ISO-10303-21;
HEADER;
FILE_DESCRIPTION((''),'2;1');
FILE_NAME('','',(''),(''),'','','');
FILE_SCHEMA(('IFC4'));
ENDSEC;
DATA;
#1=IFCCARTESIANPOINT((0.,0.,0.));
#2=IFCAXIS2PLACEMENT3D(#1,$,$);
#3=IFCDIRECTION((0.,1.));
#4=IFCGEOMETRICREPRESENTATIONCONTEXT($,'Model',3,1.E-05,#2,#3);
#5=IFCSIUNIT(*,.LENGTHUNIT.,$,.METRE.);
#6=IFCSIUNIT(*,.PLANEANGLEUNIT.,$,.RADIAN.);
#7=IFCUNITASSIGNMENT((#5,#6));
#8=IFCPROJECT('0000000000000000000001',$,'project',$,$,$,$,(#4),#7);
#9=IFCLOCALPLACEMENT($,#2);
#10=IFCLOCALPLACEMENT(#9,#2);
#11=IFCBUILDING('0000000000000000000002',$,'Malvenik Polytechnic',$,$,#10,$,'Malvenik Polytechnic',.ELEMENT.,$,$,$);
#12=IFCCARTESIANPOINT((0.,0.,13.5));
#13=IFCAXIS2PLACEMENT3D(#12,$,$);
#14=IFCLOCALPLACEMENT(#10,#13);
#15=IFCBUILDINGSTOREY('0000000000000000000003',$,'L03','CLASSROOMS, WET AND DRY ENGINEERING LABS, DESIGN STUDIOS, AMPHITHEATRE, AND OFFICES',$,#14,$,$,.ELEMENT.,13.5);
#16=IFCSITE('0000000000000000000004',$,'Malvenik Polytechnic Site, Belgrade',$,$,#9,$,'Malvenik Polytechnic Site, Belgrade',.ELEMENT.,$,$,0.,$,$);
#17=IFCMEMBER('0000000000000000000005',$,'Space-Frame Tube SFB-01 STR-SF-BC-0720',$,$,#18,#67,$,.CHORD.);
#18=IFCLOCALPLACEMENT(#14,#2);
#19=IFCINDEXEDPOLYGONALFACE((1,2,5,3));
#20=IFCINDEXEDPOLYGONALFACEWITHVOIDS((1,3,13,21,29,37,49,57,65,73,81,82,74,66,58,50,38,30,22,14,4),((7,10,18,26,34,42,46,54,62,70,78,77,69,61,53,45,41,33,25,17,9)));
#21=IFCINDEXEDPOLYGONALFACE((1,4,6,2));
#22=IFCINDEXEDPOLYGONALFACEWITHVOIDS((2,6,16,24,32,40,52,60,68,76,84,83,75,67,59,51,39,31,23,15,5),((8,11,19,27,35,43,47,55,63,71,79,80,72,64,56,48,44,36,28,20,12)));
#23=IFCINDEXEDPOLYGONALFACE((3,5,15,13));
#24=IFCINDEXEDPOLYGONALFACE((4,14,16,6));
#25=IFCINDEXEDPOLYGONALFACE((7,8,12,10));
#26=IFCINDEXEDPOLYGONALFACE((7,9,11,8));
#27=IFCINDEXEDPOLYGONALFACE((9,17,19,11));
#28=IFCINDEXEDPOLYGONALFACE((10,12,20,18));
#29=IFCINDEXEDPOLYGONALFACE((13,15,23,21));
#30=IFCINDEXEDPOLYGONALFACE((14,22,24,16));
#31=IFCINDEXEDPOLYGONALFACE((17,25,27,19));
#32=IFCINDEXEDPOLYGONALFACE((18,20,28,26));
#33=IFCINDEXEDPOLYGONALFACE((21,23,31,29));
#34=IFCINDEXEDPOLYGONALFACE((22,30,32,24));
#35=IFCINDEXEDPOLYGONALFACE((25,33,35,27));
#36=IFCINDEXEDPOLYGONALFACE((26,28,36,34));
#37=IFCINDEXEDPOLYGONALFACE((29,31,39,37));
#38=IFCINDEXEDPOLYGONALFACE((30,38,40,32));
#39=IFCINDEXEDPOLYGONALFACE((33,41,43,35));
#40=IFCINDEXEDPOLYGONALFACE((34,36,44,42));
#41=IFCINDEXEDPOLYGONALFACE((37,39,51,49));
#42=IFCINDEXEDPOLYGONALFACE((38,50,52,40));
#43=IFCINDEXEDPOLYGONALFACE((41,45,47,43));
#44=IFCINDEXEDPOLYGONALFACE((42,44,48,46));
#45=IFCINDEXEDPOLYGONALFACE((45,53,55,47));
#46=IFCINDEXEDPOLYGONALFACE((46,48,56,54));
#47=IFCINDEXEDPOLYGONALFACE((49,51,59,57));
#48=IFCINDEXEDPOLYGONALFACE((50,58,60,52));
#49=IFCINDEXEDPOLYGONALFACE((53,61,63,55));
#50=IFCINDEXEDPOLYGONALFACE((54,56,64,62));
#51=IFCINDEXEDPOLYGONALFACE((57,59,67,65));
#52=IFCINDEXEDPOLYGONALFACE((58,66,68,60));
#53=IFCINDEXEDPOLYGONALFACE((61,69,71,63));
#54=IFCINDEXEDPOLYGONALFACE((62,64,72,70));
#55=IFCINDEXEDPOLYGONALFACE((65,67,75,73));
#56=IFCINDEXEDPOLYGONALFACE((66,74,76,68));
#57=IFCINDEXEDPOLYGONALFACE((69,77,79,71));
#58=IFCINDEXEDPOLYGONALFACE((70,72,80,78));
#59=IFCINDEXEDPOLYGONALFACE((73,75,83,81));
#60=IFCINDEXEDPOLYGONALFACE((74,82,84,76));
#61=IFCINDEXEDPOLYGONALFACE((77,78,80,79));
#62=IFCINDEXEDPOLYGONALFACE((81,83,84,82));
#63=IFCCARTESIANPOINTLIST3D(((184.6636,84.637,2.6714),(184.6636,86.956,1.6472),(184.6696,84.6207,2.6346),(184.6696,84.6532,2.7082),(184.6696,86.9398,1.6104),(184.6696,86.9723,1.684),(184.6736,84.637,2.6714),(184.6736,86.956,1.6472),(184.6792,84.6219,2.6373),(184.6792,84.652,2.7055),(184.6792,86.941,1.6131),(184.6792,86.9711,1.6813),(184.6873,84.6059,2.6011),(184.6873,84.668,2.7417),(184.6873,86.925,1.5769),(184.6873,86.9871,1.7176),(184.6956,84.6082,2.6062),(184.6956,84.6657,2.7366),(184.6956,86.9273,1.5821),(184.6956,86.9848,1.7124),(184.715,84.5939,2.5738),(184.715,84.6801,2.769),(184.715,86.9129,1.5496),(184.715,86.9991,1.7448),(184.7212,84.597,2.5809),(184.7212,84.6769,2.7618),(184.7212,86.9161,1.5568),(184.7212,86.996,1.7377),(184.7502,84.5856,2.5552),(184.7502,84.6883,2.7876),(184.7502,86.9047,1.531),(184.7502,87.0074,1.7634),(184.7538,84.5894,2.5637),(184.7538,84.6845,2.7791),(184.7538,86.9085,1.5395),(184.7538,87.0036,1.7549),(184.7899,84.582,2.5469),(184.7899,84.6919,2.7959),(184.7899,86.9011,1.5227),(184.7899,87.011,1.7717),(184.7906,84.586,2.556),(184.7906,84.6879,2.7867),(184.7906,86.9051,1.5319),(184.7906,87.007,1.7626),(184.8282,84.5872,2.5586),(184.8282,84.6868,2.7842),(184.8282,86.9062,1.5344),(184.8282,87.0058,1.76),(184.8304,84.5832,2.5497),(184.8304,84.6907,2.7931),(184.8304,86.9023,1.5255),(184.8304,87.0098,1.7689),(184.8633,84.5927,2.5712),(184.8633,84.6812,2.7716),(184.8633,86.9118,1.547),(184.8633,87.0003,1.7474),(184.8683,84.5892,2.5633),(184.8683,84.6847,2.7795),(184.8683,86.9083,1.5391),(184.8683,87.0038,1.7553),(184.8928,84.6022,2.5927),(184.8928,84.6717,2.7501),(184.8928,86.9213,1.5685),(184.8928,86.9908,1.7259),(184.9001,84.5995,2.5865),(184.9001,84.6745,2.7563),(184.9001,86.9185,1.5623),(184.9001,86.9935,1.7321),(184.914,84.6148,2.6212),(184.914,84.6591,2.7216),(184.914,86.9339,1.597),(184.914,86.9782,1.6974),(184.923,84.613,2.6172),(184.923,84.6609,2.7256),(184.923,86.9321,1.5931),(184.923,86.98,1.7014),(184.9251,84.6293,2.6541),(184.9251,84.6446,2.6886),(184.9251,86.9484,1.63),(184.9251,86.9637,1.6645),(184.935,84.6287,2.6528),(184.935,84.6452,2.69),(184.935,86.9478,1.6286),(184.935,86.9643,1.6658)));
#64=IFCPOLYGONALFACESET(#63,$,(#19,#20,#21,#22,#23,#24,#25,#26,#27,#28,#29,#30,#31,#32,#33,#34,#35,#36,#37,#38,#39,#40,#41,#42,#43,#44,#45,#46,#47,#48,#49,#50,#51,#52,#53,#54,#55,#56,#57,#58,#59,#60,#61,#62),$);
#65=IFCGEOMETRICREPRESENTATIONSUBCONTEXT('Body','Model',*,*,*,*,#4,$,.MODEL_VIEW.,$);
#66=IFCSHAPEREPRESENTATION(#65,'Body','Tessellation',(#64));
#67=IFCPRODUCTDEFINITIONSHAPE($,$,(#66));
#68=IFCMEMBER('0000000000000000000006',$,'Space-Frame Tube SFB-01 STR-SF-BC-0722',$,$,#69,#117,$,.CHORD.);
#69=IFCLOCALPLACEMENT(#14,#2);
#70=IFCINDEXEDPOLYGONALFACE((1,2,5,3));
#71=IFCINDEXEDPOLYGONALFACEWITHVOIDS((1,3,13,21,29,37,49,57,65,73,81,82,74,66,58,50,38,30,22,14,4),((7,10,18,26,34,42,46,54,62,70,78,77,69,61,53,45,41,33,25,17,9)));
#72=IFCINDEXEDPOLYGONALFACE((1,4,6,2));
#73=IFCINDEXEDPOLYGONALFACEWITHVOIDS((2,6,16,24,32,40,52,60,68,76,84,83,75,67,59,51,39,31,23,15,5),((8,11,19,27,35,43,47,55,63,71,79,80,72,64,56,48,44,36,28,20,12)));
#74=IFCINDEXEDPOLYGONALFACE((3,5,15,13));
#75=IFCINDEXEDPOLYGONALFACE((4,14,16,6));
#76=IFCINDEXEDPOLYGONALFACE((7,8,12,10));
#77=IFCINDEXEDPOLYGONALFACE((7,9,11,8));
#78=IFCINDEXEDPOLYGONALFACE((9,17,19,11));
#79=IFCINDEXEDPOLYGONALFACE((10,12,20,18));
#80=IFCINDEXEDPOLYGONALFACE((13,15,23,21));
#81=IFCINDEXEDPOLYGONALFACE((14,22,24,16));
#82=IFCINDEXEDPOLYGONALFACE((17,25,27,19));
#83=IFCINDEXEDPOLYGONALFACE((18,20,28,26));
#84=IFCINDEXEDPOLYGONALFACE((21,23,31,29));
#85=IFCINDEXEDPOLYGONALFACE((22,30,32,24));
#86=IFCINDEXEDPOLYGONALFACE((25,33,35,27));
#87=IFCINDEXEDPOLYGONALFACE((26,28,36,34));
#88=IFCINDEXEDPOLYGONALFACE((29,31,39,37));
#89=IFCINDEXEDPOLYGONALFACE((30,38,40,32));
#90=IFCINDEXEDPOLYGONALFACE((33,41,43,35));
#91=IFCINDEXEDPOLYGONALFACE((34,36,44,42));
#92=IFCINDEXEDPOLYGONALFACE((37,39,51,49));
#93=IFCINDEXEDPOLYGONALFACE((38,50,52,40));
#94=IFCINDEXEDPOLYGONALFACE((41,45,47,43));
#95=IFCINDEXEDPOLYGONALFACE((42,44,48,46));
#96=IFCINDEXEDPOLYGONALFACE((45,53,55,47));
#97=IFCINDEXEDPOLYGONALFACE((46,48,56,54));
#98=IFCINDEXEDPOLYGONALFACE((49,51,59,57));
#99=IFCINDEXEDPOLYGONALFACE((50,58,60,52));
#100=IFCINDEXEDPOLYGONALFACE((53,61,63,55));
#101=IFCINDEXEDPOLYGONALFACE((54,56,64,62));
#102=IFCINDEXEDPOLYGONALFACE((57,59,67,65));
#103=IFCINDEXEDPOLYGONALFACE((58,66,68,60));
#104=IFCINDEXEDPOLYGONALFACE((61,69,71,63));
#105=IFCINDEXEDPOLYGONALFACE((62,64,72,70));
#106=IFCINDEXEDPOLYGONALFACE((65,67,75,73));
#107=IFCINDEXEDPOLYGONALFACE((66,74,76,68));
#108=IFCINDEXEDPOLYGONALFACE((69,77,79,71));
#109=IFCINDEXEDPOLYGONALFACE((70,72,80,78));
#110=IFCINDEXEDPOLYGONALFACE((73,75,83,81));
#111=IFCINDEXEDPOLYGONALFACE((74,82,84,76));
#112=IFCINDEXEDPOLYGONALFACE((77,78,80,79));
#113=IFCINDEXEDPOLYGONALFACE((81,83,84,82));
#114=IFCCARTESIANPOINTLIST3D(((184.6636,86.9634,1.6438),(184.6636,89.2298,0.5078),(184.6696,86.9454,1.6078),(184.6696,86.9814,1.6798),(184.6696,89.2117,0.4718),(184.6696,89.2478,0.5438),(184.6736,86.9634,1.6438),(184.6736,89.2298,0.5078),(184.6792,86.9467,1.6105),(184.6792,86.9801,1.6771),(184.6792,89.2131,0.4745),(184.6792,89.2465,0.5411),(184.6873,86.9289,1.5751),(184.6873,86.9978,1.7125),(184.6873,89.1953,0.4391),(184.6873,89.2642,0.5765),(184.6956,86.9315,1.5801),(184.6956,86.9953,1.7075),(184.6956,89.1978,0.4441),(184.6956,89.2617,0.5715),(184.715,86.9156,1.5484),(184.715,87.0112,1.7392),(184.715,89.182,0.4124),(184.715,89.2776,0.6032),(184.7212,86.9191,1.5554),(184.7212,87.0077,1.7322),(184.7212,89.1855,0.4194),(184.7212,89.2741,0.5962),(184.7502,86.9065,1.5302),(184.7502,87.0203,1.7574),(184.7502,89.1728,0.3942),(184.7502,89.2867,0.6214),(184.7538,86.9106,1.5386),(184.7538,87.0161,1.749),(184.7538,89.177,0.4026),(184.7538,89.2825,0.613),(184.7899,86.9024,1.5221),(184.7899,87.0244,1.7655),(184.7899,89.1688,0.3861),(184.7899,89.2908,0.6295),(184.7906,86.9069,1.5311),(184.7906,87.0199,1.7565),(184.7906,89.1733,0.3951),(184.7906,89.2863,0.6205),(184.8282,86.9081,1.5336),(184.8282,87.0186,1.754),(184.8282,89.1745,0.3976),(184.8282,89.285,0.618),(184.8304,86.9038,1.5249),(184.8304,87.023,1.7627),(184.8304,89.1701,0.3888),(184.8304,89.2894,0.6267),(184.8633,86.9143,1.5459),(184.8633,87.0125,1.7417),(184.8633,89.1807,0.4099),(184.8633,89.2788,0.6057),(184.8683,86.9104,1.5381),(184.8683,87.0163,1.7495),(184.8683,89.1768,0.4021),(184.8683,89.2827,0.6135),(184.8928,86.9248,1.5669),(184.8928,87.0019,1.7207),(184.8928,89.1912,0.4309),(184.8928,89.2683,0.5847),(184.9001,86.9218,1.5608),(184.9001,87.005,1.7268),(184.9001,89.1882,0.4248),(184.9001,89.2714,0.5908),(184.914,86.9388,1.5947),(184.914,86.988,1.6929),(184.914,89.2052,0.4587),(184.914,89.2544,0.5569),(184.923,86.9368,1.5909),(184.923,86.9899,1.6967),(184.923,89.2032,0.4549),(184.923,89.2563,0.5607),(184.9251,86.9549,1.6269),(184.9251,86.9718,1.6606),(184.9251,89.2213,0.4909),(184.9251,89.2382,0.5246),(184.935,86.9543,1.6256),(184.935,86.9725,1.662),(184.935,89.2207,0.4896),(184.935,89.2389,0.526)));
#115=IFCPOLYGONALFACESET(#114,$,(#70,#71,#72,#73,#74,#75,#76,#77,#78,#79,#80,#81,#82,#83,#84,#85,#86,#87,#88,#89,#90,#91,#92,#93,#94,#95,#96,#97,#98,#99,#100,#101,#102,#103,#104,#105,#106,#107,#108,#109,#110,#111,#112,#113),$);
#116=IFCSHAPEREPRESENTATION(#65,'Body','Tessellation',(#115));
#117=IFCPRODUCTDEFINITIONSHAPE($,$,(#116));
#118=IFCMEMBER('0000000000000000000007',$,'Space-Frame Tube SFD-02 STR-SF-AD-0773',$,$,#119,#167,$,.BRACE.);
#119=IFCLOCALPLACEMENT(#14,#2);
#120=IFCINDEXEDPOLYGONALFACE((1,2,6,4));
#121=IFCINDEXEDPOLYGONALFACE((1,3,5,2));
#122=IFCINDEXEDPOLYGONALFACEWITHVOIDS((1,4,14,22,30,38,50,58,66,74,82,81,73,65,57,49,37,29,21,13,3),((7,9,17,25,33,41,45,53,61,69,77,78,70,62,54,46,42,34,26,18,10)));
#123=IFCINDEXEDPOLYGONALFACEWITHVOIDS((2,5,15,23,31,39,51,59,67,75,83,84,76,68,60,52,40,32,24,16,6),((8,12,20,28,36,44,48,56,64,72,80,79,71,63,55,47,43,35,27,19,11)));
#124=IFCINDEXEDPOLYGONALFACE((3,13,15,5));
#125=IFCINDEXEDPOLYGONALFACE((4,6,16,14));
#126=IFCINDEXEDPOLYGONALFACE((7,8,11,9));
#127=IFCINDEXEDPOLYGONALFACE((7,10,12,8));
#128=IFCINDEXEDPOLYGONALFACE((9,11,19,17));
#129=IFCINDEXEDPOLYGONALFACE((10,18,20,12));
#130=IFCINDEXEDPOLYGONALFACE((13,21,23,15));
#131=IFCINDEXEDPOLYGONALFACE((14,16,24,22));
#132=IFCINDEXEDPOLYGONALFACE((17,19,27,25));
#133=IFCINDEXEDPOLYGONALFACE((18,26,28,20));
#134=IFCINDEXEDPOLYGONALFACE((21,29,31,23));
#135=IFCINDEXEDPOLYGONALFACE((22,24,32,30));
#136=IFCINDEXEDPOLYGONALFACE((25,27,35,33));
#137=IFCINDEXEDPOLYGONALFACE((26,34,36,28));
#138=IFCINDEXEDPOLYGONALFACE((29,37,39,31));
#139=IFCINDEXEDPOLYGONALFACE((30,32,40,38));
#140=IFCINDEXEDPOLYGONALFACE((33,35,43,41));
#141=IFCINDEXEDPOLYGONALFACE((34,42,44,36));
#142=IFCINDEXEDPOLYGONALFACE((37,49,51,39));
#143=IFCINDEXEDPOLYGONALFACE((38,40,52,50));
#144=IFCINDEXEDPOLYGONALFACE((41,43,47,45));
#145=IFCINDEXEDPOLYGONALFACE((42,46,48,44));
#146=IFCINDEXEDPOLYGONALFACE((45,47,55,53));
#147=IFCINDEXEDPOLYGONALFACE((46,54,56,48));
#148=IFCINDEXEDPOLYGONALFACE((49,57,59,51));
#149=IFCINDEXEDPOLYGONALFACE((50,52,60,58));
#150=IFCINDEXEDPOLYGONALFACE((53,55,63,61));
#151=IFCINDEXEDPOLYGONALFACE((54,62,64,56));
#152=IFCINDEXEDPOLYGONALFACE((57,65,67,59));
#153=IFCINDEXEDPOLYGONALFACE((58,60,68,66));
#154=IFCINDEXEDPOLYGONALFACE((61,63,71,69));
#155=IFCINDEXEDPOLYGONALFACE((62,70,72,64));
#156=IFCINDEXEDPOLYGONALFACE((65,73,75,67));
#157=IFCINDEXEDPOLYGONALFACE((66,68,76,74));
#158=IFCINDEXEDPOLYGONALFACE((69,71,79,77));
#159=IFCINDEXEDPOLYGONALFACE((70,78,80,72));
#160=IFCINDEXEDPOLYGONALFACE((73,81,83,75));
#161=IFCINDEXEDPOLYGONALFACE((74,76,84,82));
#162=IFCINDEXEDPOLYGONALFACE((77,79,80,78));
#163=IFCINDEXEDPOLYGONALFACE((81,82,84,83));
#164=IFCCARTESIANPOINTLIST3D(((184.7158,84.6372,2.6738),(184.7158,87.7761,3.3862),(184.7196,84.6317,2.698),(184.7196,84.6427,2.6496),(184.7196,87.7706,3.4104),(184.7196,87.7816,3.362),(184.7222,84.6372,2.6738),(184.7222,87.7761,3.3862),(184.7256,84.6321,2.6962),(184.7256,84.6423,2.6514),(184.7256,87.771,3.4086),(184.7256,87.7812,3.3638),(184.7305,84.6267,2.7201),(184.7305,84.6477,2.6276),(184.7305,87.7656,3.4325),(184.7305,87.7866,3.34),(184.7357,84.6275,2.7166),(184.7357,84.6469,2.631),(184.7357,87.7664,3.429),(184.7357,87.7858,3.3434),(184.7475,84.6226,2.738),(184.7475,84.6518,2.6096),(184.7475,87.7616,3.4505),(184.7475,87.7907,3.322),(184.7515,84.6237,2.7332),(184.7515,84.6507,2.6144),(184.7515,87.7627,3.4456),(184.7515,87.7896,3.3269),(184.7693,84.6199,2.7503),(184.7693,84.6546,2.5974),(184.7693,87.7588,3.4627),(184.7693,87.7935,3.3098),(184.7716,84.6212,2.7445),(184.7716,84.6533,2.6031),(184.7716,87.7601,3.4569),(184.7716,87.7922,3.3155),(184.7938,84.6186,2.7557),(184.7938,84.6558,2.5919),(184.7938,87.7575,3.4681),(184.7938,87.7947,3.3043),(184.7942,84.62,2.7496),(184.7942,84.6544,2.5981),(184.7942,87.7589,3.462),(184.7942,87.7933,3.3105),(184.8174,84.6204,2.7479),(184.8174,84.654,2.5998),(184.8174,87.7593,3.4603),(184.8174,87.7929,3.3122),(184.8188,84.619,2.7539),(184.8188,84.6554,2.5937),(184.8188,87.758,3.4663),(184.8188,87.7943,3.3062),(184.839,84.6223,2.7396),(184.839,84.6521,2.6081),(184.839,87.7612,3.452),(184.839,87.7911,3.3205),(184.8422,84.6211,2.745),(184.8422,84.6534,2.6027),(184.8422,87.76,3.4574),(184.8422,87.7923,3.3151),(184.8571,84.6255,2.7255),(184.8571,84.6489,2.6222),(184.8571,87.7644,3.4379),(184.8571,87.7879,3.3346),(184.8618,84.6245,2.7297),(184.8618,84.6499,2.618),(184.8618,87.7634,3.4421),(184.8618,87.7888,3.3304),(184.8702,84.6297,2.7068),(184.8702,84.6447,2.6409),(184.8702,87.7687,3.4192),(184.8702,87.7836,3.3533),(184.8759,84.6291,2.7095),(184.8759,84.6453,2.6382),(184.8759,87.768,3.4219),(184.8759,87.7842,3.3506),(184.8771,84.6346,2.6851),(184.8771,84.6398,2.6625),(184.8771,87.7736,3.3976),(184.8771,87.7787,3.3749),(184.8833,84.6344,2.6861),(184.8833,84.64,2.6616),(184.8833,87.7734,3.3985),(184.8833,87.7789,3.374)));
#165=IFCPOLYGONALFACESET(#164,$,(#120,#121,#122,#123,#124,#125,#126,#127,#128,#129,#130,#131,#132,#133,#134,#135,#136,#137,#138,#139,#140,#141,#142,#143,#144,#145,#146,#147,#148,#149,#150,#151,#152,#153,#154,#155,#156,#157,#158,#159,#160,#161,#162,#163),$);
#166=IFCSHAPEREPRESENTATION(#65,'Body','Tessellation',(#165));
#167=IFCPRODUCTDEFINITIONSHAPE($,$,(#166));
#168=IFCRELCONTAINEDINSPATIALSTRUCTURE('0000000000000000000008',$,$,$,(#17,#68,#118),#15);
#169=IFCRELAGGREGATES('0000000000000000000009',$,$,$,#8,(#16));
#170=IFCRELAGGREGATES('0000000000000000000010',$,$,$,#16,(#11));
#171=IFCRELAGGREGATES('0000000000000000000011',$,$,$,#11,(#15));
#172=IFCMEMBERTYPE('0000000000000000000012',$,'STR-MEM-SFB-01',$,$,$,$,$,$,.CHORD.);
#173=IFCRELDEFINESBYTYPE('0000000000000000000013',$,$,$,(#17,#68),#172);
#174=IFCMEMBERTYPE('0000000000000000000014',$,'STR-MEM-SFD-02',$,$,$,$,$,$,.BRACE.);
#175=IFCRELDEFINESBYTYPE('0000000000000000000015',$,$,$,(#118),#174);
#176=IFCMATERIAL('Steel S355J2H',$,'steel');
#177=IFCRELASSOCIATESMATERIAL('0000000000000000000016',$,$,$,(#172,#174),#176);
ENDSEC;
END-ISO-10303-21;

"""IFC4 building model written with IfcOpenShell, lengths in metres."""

from ifc_helpers import new_model, si_unit, direction, frame, origin, origin_2d, place, context, subcontext, project, spatial, hollow_circle, extrude, material, material_profile, profile_set, type_object, element, save


model = new_model("IFC4")

# Units and contexts
model_context = context("Model", 3, precision=1e-05, world=origin(), true_north=direction((0.0, 1.0)))
body_context = subcontext(model_context, "Body", "Model", "MODEL_VIEW")
ifc_project = project(units=[si_unit("LENGTHUNIT", "METRE"), si_unit("PLANEANGLEUNIT", "RADIAN")], contexts=[model_context])

# Site, building, storey
site_placement = place(None, origin())
site = spatial("IfcSite", under=ifc_project, at=site_placement, Name="Malvenik Polytechnic Site, Belgrade", LongName="Malvenik Polytechnic Site, Belgrade", CompositionType="ELEMENT", RefElevation=0.0)
building_placement = place(site_placement, origin())
building = spatial("IfcBuilding", under=site, at=building_placement, Name="Malvenik Polytechnic", LongName="Malvenik Polytechnic", CompositionType="ELEMENT")
storey_placement = place(building_placement, frame((0.0, 0.0, 13.5)))
storey = spatial("IfcBuildingStorey", under=building, at=storey_placement, Name="L03", Description="CLASSROOMS, WET AND DRY ENGINEERING LABS, DESIGN STUDIOS, AMPHITHEATRE, AND OFFICES", CompositionType="ELEMENT", Elevation=13.5)

# Members
ifc_material_1 = material(Name="Steel S355J2H", Category="steel")
ifc_material_profile_1 = material_profile(ifc_material_1, hollow_circle(Radius=0.1365, WallThickness=0.01, at=origin_2d()), Name="CHS 273.0x10.0")
ifc_profile_set_1 = profile_set([ifc_material_profile_1], Name="Steel S355J2H")
member_type_1 = type_object("IfcMemberType", Name="STR-MEM-SFB-01", PredefinedType="CHORD", material=ifc_profile_set_1)
for number, where, z_axis, x_axis, name in (
    (1, (184.8, 84.637, 2.6714), (0.0, 0.914766, -0.403984), (-1.0, 0.0, 0.0), "Space-Frame Tube SFB-01 STR-SF-BC-0720"),
    (2, (184.8, 86.9634, 1.6438), (0.0, 0.893984, -0.448099), (-1.0, 0.0, 0.0), "Space-Frame Tube SFB-01 STR-SF-BC-0722"),
):
    element("IfcMember", number, at=place(storey_placement, frame(where, z_axis=z_axis, x_axis=x_axis)), inside=storey, type_object=member_type_1, Name=name, PredefinedType="CHORD", context=body_context, shape_type="SweptSolid", body=[
        extrude(hollow_circle(Radius=0.1365, WallThickness=0.01, at=origin_2d()), origin(), (0.0, 0.0, 1.0), 2.5352),
    ])
ifc_material_profile_2 = material_profile(ifc_material_1, hollow_circle(Radius=0.0842, WallThickness=0.0063, at=origin_2d()), Name="CHS 168.3x6.3")
ifc_profile_set_2 = profile_set([ifc_material_profile_2], Name="Steel S355J2H")
member_type_2 = type_object("IfcMemberType", Name="STR-MEM-SFD-02", PredefinedType="BRACE", material=ifc_profile_set_2)
member_1_placement = place(storey_placement, frame((184.8, 84.6372, 2.6738), z_axis=(0.0, 0.975199, 0.221329), x_axis=(-1.0, 0.0, 0.0)))
element("IfcMember", 3, at=member_1_placement, inside=storey, type_object=member_type_2, Name="Space-Frame Tube SFD-02 STR-SF-AD-0773", PredefinedType="BRACE", context=body_context, shape_type="SweptSolid", body=[
    extrude(hollow_circle(Radius=0.0842, WallThickness=0.0063, at=origin_2d()), origin(), (0.0, 0.0, 1.0), 3.2188),
])

save(model, "model.ifc")
